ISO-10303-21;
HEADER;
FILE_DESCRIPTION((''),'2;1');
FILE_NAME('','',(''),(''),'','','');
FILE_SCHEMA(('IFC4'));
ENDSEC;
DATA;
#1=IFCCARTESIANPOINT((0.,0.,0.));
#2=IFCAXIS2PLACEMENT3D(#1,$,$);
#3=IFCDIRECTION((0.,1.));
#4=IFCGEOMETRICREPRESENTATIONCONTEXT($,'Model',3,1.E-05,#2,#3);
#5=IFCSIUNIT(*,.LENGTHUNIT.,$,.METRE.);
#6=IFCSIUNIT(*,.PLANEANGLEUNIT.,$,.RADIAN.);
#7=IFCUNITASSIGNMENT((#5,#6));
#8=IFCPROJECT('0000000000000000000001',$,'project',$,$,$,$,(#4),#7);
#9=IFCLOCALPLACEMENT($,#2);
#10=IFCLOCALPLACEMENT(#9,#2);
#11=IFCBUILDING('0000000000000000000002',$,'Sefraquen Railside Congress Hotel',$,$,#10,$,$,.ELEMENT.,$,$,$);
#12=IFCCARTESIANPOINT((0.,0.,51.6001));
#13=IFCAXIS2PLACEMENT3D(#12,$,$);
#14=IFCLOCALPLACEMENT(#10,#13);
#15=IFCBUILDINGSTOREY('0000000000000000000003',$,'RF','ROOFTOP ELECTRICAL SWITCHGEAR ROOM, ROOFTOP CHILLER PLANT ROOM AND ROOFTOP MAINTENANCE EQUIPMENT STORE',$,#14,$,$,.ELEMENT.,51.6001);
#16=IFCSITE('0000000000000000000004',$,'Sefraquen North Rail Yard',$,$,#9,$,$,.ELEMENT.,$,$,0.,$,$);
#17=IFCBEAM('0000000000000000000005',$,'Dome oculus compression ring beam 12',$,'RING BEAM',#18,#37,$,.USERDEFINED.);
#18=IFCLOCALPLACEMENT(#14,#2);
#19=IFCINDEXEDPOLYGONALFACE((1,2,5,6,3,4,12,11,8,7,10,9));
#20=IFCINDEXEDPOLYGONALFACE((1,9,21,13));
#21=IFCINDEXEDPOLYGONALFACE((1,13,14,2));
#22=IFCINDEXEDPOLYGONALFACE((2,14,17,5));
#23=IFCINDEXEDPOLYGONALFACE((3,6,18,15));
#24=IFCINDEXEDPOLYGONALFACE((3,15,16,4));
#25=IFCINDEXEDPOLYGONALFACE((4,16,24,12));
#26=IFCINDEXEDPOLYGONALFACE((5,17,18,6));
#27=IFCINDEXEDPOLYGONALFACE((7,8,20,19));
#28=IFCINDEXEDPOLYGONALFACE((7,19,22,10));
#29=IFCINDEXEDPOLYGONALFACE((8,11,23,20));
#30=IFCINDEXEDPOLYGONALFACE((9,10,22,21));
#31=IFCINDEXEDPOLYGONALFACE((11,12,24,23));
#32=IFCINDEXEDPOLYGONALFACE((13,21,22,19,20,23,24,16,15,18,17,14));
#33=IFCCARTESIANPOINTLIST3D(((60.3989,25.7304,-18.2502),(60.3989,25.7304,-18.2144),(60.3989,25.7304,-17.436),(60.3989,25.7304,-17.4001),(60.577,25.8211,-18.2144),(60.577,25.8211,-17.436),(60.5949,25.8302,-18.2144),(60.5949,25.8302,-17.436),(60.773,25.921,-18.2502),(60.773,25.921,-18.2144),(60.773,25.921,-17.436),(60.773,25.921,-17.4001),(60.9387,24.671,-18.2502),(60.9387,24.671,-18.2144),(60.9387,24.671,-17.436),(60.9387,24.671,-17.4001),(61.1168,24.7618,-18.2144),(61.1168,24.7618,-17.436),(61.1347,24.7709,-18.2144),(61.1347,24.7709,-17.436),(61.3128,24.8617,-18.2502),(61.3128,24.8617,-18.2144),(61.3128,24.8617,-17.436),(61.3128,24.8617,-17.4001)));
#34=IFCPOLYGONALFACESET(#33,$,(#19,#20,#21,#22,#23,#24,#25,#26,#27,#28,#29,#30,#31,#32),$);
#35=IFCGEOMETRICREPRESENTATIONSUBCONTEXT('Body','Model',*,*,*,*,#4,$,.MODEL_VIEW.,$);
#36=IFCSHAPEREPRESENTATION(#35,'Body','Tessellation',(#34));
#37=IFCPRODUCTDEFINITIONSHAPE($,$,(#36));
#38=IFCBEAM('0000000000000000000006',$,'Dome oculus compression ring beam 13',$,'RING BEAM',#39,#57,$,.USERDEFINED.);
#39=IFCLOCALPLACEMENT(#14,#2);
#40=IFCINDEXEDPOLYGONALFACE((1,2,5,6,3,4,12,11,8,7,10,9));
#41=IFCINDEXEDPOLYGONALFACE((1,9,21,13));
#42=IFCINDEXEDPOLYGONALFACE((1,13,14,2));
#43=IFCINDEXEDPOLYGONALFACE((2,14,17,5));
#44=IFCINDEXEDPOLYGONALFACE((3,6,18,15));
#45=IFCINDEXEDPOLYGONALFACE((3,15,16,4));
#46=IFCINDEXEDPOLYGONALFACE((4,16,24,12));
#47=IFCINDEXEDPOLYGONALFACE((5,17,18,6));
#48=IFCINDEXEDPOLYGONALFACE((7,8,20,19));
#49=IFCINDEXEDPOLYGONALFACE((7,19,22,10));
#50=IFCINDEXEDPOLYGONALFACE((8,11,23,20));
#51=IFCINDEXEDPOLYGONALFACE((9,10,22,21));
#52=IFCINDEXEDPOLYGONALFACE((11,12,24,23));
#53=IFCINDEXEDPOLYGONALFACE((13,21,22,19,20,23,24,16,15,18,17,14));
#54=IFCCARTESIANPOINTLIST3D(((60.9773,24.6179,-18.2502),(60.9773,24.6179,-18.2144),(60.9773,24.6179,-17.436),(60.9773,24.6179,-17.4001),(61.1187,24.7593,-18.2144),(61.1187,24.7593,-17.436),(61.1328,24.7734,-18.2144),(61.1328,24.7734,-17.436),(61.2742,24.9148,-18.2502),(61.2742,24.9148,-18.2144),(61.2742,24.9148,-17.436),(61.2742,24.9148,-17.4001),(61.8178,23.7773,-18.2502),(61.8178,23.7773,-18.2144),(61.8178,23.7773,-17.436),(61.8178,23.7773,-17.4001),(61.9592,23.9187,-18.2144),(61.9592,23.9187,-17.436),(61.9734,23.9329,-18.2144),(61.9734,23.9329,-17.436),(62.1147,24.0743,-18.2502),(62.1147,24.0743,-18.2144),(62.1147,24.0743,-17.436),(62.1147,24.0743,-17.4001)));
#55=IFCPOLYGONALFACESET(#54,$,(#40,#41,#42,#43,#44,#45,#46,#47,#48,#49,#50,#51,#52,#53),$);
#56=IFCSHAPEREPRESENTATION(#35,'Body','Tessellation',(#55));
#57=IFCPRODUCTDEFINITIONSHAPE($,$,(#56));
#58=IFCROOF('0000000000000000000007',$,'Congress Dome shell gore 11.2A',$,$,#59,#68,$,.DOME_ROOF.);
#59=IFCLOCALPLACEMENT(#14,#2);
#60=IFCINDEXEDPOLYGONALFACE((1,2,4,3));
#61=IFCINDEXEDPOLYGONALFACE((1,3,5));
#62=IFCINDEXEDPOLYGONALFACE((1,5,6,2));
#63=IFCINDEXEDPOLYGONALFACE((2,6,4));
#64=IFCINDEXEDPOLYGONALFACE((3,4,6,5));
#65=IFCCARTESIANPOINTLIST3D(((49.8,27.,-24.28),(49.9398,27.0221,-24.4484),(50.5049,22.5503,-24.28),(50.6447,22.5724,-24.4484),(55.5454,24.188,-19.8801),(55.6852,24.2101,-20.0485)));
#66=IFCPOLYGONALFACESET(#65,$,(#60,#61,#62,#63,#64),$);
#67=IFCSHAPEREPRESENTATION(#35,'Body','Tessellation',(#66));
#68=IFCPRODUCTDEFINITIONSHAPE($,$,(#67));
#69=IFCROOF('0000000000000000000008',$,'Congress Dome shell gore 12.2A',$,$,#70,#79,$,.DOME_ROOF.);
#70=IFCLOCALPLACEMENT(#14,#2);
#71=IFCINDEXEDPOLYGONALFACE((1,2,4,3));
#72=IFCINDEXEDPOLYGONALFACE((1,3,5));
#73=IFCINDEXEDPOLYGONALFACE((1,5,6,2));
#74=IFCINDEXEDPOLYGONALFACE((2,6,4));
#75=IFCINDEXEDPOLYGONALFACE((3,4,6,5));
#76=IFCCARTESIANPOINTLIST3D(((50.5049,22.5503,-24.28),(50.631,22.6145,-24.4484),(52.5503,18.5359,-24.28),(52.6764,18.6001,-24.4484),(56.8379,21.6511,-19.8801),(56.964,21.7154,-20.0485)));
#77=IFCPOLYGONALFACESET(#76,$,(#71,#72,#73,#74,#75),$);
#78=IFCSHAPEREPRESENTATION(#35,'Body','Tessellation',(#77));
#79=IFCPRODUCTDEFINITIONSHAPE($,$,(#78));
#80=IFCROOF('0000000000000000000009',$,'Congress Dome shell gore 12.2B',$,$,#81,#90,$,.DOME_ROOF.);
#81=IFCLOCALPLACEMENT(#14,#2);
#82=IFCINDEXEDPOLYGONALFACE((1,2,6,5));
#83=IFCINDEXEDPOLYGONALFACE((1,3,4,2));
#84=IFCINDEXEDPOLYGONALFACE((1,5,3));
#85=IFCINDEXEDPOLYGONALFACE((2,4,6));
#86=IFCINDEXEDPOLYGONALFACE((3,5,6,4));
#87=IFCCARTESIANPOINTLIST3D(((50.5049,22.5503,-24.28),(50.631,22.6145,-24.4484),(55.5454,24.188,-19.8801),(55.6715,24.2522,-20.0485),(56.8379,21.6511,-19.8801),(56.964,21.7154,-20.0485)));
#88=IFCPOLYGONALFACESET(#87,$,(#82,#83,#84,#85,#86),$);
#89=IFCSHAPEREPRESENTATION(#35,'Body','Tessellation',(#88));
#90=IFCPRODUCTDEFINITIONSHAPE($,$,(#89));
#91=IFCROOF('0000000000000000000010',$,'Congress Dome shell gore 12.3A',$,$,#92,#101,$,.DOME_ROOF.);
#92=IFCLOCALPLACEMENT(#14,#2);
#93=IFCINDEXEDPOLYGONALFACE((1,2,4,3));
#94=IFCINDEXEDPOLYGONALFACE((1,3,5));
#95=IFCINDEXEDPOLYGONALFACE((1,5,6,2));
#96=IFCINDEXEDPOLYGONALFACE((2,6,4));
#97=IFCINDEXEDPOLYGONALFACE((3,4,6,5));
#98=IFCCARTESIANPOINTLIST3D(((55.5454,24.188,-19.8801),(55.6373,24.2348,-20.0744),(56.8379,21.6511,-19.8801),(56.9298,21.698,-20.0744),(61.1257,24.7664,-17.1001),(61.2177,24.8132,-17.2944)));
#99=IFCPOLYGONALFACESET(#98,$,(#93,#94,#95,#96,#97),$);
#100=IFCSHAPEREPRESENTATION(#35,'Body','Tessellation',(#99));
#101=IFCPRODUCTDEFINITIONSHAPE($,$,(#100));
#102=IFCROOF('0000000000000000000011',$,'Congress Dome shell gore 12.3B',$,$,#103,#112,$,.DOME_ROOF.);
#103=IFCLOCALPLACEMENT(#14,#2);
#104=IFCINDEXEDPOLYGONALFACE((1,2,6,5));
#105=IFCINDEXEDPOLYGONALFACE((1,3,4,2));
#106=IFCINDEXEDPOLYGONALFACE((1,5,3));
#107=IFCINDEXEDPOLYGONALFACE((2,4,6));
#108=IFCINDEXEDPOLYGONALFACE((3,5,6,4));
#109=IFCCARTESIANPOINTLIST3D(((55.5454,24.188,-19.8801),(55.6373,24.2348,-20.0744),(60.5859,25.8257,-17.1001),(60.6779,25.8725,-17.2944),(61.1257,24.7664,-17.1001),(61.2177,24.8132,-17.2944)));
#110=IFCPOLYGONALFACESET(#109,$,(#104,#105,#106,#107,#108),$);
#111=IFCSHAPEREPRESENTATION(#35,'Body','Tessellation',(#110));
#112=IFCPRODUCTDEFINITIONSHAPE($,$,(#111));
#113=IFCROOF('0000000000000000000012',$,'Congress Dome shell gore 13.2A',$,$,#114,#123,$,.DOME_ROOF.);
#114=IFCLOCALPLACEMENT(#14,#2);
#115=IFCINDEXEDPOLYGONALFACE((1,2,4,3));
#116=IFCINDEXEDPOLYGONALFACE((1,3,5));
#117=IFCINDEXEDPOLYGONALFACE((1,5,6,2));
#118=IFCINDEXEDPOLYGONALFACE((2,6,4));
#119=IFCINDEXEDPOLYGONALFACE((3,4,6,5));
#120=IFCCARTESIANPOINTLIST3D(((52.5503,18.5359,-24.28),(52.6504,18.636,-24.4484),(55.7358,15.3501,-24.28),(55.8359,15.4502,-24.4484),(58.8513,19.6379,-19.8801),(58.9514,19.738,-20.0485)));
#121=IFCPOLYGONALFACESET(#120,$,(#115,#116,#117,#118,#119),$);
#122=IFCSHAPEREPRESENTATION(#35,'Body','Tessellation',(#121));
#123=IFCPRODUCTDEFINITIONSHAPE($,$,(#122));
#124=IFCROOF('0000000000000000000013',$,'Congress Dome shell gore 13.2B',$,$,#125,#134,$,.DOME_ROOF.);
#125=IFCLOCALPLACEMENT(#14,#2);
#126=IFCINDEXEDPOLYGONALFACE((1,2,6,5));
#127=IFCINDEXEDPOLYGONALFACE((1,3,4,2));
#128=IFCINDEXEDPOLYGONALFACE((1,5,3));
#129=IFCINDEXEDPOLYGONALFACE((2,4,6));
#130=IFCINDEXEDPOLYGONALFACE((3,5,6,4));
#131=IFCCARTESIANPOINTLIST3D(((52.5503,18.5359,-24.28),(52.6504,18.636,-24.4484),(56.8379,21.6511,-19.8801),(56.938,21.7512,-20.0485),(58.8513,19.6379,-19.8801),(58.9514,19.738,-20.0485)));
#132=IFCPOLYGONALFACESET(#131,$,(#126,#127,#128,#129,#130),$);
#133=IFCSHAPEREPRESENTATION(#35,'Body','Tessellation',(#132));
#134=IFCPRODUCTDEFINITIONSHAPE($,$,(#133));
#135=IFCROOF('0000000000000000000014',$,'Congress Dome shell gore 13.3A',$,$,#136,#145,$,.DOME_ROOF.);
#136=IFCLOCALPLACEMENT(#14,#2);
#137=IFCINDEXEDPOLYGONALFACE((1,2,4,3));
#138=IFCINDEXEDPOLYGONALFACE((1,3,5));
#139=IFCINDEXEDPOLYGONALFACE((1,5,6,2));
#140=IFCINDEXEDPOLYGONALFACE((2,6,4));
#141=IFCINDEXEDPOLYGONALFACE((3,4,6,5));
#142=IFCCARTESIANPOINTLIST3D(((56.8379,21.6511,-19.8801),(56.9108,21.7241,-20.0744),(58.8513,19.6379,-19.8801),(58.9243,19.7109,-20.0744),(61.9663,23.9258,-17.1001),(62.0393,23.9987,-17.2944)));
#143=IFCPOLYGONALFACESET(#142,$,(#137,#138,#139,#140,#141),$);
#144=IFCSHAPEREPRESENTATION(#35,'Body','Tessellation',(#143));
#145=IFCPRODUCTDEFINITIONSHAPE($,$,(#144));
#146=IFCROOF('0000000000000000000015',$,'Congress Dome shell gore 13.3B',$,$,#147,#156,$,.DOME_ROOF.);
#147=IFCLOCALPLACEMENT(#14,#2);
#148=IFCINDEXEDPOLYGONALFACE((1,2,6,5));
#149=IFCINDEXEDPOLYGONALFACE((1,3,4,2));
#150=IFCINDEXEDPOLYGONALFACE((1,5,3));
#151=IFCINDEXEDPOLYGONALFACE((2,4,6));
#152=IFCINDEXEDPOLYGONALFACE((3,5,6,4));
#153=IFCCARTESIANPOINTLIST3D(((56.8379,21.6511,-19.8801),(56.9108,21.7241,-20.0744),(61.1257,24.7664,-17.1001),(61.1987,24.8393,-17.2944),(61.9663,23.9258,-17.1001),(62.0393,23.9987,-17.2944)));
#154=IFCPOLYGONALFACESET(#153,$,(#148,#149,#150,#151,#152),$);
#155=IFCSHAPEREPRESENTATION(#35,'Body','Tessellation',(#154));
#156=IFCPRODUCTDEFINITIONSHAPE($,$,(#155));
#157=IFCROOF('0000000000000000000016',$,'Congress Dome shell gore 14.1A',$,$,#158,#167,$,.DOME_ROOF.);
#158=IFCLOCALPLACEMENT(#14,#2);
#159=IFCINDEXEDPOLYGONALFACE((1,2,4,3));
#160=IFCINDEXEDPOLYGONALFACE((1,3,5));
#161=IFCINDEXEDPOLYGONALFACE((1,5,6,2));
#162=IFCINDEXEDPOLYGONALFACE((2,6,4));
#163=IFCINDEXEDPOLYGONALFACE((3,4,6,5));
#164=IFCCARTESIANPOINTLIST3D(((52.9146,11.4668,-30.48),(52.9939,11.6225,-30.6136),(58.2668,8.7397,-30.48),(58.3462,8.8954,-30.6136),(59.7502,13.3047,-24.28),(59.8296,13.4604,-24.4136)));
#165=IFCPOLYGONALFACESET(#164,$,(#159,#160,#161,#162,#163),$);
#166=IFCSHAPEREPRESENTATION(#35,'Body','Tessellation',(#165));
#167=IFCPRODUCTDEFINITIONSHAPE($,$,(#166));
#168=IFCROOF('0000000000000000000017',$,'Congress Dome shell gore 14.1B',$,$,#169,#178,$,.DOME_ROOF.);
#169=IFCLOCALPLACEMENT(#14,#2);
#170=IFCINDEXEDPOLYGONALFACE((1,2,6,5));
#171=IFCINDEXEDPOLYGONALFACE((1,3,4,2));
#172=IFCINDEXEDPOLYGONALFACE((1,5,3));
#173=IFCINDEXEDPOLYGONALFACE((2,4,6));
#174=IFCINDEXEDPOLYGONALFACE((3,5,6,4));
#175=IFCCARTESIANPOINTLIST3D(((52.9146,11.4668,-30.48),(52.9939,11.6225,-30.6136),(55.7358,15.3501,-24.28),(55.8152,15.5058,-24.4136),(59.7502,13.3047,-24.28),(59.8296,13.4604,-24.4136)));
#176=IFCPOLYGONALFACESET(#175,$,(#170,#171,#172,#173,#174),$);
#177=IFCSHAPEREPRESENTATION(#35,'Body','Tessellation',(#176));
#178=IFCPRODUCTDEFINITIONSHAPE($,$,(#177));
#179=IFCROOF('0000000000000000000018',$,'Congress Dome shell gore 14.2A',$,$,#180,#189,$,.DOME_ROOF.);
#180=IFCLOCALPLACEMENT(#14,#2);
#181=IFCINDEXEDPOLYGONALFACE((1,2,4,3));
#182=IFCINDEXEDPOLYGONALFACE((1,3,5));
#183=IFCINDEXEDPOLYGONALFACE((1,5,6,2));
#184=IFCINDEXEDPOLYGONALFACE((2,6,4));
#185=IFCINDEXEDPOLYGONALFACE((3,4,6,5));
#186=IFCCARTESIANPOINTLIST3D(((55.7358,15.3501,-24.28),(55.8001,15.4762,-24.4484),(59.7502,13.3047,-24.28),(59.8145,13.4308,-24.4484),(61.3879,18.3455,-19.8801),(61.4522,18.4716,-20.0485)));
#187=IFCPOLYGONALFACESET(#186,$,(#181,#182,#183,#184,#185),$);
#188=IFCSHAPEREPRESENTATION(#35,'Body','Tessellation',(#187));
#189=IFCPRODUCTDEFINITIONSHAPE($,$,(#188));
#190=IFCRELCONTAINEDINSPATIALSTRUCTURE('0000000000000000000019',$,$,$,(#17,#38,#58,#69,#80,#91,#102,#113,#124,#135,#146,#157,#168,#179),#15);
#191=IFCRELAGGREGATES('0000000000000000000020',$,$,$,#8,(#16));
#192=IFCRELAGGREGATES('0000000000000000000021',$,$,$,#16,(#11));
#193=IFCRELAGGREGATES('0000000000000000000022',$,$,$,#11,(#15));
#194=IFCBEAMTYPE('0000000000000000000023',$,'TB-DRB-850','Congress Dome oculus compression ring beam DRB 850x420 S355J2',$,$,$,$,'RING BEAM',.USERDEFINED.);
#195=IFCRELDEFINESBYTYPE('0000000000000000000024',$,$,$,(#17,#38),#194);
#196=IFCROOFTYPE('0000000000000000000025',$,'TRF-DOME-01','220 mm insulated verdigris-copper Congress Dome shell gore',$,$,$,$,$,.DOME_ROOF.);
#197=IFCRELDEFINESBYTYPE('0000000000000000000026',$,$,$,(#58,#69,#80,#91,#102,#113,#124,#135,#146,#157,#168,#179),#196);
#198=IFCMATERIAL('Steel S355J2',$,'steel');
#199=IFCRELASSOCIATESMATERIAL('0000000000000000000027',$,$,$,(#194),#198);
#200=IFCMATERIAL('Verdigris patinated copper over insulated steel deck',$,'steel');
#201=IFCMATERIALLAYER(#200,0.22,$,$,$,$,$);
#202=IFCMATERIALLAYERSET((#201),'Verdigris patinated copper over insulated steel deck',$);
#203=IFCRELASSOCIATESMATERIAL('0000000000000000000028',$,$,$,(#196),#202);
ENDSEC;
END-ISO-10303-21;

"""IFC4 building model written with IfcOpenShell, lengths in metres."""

from ifc_helpers import new_model, si_unit, direction, frame, origin, origin_2d, place, context, subcontext, project, spatial, polyline, i_section, outline, extrude, material, layer, layer_set, material_profile, profile_set, type_object, element, save


model = new_model("IFC4")

# Units and contexts
model_context = context("Model", 3, precision=1e-05, world=origin(), true_north=direction((0.0, 1.0)))
body_context = subcontext(model_context, "Body", "Model", "MODEL_VIEW")
ifc_project = project(units=[si_unit("LENGTHUNIT", "METRE"), si_unit("PLANEANGLEUNIT", "RADIAN")], contexts=[model_context])

# Site, building, storey
site_placement = place(None, origin())
site = spatial("IfcSite", under=ifc_project, at=site_placement, Name="Sefraquen North Rail Yard", CompositionType="ELEMENT", RefElevation=0.0)
building_placement = place(site_placement, origin())
building = spatial("IfcBuilding", under=site, at=building_placement, Name="Sefraquen Railside Congress Hotel", CompositionType="ELEMENT")
storey_placement = place(building_placement, frame((0.0, 0.0, 51.6001)))
storey = spatial("IfcBuildingStorey", under=building, at=storey_placement, Name="RF", Description="ROOFTOP ELECTRICAL SWITCHGEAR ROOM, ROOFTOP CHILLER PLANT ROOM AND ROOFTOP MAINTENANCE EQUIPMENT STORE", CompositionType="ELEMENT", Elevation=51.6001)

# Beams
ifc_material_1 = material(Name="Steel S355J2", Category="steel")
ifc_material_profile = material_profile(ifc_material_1, i_section(OverallWidth=0.4199, OverallDepth=0.8501, WebThickness=0.02, FlangeThickness=0.0359, at=origin_2d()), Name="DRB 850x420")
ifc_profile_set = profile_set([ifc_material_profile], Name="Steel S355J2")
beam_type = type_object("IfcBeamType", Name="TB-DRB-850", Description="Congress Dome oculus compression ring beam DRB 850x420 S355J2", ElementType="RING BEAM", PredefinedType="USERDEFINED", material=ifc_profile_set)
beam_1_placement = place(storey_placement, frame((60.5859, 25.8257, -17.8252), z_axis=(0.454018, -0.890992, 0.0), x_axis=(0.890992, 0.454018, 0.0)))
element("IfcBeam", 1, at=beam_1_placement, inside=storey, type_object=beam_type, Name="Dome oculus compression ring beam 12", ObjectType="RING BEAM", PredefinedType="USERDEFINED", context=body_context, shape_type="SweptSolid", body=[
    extrude(i_section(OverallWidth=0.4199, OverallDepth=0.8501, WebThickness=0.02, FlangeThickness=0.0359, at=origin_2d()), origin(), (0.0, 0.0, 1.0), 1.189),
])
beam_2_placement = place(storey_placement, frame((61.1257, 24.7664, -17.8252), z_axis=(0.707107, -0.707107, 0.0), x_axis=(0.707107, 0.707107, 0.0)))
element("IfcBeam", 2, at=beam_2_placement, inside=storey, type_object=beam_type, Name="Dome oculus compression ring beam 13", ObjectType="RING BEAM", PredefinedType="USERDEFINED", context=body_context, shape_type="SweptSolid", body=[
    extrude(i_section(OverallWidth=0.4199, OverallDepth=0.8501, WebThickness=0.02, FlangeThickness=0.0359, at=origin_2d()), origin(), (0.0, 0.0, 1.0), 1.1887),
])

# Roofs
ifc_material_2 = material(Name="Verdigris patinated copper over insulated steel deck", Category="steel")
ifc_layer = layer(ifc_material_2, 0.22)
ifc_layer_set = layer_set([ifc_layer], Name="Verdigris patinated copper over insulated steel deck")
roof_type = type_object("IfcRoofType", Name="TRF-DOME-01", Description="220 mm insulated verdigris-copper Congress Dome shell gore", PredefinedType="DOME_ROOF", material=ifc_layer_set)
roof_1_placement = place(storey_placement, frame((49.8, 27.0, -24.28), z_axis=(-0.635507, -0.100664, 0.765505), x_axis=(0.15645, -0.987686, 0.0)))
element("IfcRoof", 3, at=roof_1_placement, inside=storey, type_object=roof_type, Name="Congress Dome shell gore 11.2A", PredefinedType="DOME_ROOF", context=body_context, shape_type="SweptSolid", body=[
    extrude(outline(polyline([(0.0, 0.0), (4.5052, 0.0), (3.6762, 6.8382), (0.0, 0.0)])), origin(), (0.0, 0.0, -1.0), 0.22),
])
roof_2_placement = place(storey_placement, frame((50.5049, 22.5503, -24.28), z_axis=(-0.57331, -0.292111, 0.765498), x_axis=(0.453985, -0.891009, 0.0)))
element("IfcRoof", 4, at=roof_2_placement, inside=storey, type_object=roof_type, Name="Congress Dome shell gore 12.2A", PredefinedType="DOME_ROOF", context=body_context, shape_type="SweptSolid", body=[
    extrude(outline(polyline([(0.0, 0.0), (4.5055, 0.0), (3.6763, 6.8381), (0.0, 0.0)])), origin(), (0.0, 0.0, -1.0), 0.22),
])
roof_3_placement = place(storey_placement, frame((50.5049, 22.5503, -24.28), z_axis=(-0.573311, -0.29209, 0.765505), x_axis=(0.815723, -0.115818, 0.566729)))
element("IfcRoof", 5, at=roof_3_placement, inside=storey, type_object=roof_type, Name="Congress Dome shell gore 12.2B", PredefinedType="DOME_ROOF", context=body_context, shape_type="SweptSolid", body=[
    extrude(outline(polyline([(0.0, 0.0), (7.7637, 0.0), (6.4156, 2.5077), (0.0, 0.0)])), origin(), (0.0, 0.0, -1.0), 0.22),
])
roof_4_placement = place(storey_placement, frame((55.5454, 24.188, -19.8801), z_axis=(-0.417919, -0.212921, 0.883181), x_axis=(0.453958, -0.891023, 0.0)))
element("IfcRoof", 6, at=roof_4_placement, inside=storey, type_object=roof_type, Name="Congress Dome shell gore 12.3A", PredefinedType="DOME_ROOF", context=body_context, shape_type="SweptSolid", body=[
    extrude(outline(polyline([(0.0, 0.0), (2.8471, 0.0), (2.0179, 5.9272), (0.0, 0.0)])), origin(), (0.0, 0.0, -1.0), 0.22),
])
roof_5_placement = place(storey_placement, frame((55.5454, 24.188, -19.8801), z_axis=(-0.417913, -0.212954, 0.883176), x_axis=(0.891249, 0.092373, 0.444007)))
element("IfcRoof", 7, at=roof_5_placement, inside=storey, type_object=roof_type, Name="Congress Dome shell gore 12.3B", PredefinedType="DOME_ROOF", context=body_context, shape_type="SweptSolid", body=[
    extrude(outline(polyline([(0.0, 0.0), (6.2612, 0.0), (5.878, 1.1255), (0.0, 0.0)])), origin(), (0.0, 0.0, -1.0), 0.22),
])
roof_6_placement = place(storey_placement, frame((52.5503, 18.5359, -24.28), z_axis=(-0.454979, -0.454945, 0.765519), x_axis=(0.70708, -0.707134, 0.0)))
element("IfcRoof", 8, at=roof_6_placement, inside=storey, type_object=roof_type, Name="Congress Dome shell gore 13.2A", PredefinedType="DOME_ROOF", context=body_context, shape_type="SweptSolid", body=[
    extrude(outline(polyline([(0.0, 0.0), (4.5052, 0.0), (3.676, 6.8384), (0.0, 0.0)])), origin(), (0.0, 0.0, -1.0), 0.22),
])
roof_7_placement = place(storey_placement, frame((52.5503, 18.5359, -24.28), z_axis=(-0.454953, -0.455008, 0.765497), x_axis=(0.81159, 0.141947, 0.56672)))
element("IfcRoof", 9, at=roof_7_placement, inside=storey, type_object=roof_type, Name="Congress Dome shell gore 13.2B", PredefinedType="DOME_ROOF", context=body_context, shape_type="SweptSolid", body=[
    extrude(outline(polyline([(0.0, 0.0), (7.7638, 0.0), (6.4155, 2.5078), (0.0, 0.0)])), origin(), (0.0, 0.0, -1.0), 0.22),
])
roof_8_placement = place(storey_placement, frame((56.8379, 21.6511, -19.8801), z_axis=(-0.331641, -0.331682, 0.883177), x_axis=(0.70715, -0.707064, 0.0)))
element("IfcRoof", 10, at=roof_8_placement, inside=storey, type_object=roof_type, Name="Congress Dome shell gore 13.3A", PredefinedType="DOME_ROOF", context=body_context, shape_type="SweptSolid", body=[
    extrude(outline(polyline([(0.0, 0.0), (2.8472, 0.0), (2.0182, 5.9271), (0.0, 0.0)])), origin(), (0.0, 0.0, -1.0), 0.22),
])
roof_9_placement = place(storey_placement, frame((56.8379, 21.6511, -19.8801), z_axis=(-0.331655, -0.331655, 0.883181), x_axis=(0.819072, 0.363291, 0.444005)))
element("IfcRoof", 11, at=roof_9_placement, inside=storey, type_object=roof_type, Name="Congress Dome shell gore 13.3B", PredefinedType="DOME_ROOF", context=body_context, shape_type="SweptSolid", body=[
    extrude(outline(polyline([(0.0, 0.0), (6.2613, 0.0), (5.8781, 1.1253), (0.0, 0.0)])), origin(), (0.0, 0.0, -1.0), 0.22),
])
roof_10_placement = place(storey_placement, frame((52.9146, 11.4668, -30.48), z_axis=(-0.360631, -0.707798, 0.607427), x_axis=(0.891012, -0.45398, 0.0)))
element("IfcRoof", 12, at=roof_10_placement, inside=storey, type_object=roof_type, Name="Congress Dome shell gore 14.1A", PredefinedType="DOME_ROOF", context=body_context, shape_type="SweptSolid", body=[
    extrude(outline(polyline([(0.0, 0.0), (6.007, 0.0), (5.2563, 7.8048), (0.0, 0.0)])), origin(), (0.0, 0.0, -1.0), 0.22),
])
roof_11_placement = place(storey_placement, frame((52.9146, 11.4668, -30.48), z_axis=(-0.360634, -0.707794, 0.607429), x_axis=(0.726446, 0.195317, 0.658884)))
element("IfcRoof", 13, at=roof_11_placement, inside=storey, type_object=roof_type, Name="Congress Dome shell gore 14.1B", PredefinedType="DOME_ROOF", context=body_context, shape_type="SweptSolid", body=[
    extrude(outline(polyline([(0.0, 0.0), (9.4098, 0.0), (6.893, 3.737), (0.0, 0.0)])), origin(), (0.0, 0.0, -1.0), 0.22),
])
roof_12_placement = place(storey_placement, frame((55.7358, 15.3501, -24.28), z_axis=(-0.292101, -0.57329, 0.765516), x_axis=(0.891009, -0.453985, 0.0)))
element("IfcRoof", 14, at=roof_12_placement, inside=storey, type_object=roof_type, Name="Congress Dome shell gore 14.2A", PredefinedType="DOME_ROOF", context=body_context, shape_type="SweptSolid", body=[
    extrude(outline(polyline([(0.0, 0.0), (4.5055, 0.0), (3.6762, 6.8383), (0.0, 0.0)])), origin(), (0.0, 0.0, -1.0), 0.22),
])

save(model, "model.ifc")
